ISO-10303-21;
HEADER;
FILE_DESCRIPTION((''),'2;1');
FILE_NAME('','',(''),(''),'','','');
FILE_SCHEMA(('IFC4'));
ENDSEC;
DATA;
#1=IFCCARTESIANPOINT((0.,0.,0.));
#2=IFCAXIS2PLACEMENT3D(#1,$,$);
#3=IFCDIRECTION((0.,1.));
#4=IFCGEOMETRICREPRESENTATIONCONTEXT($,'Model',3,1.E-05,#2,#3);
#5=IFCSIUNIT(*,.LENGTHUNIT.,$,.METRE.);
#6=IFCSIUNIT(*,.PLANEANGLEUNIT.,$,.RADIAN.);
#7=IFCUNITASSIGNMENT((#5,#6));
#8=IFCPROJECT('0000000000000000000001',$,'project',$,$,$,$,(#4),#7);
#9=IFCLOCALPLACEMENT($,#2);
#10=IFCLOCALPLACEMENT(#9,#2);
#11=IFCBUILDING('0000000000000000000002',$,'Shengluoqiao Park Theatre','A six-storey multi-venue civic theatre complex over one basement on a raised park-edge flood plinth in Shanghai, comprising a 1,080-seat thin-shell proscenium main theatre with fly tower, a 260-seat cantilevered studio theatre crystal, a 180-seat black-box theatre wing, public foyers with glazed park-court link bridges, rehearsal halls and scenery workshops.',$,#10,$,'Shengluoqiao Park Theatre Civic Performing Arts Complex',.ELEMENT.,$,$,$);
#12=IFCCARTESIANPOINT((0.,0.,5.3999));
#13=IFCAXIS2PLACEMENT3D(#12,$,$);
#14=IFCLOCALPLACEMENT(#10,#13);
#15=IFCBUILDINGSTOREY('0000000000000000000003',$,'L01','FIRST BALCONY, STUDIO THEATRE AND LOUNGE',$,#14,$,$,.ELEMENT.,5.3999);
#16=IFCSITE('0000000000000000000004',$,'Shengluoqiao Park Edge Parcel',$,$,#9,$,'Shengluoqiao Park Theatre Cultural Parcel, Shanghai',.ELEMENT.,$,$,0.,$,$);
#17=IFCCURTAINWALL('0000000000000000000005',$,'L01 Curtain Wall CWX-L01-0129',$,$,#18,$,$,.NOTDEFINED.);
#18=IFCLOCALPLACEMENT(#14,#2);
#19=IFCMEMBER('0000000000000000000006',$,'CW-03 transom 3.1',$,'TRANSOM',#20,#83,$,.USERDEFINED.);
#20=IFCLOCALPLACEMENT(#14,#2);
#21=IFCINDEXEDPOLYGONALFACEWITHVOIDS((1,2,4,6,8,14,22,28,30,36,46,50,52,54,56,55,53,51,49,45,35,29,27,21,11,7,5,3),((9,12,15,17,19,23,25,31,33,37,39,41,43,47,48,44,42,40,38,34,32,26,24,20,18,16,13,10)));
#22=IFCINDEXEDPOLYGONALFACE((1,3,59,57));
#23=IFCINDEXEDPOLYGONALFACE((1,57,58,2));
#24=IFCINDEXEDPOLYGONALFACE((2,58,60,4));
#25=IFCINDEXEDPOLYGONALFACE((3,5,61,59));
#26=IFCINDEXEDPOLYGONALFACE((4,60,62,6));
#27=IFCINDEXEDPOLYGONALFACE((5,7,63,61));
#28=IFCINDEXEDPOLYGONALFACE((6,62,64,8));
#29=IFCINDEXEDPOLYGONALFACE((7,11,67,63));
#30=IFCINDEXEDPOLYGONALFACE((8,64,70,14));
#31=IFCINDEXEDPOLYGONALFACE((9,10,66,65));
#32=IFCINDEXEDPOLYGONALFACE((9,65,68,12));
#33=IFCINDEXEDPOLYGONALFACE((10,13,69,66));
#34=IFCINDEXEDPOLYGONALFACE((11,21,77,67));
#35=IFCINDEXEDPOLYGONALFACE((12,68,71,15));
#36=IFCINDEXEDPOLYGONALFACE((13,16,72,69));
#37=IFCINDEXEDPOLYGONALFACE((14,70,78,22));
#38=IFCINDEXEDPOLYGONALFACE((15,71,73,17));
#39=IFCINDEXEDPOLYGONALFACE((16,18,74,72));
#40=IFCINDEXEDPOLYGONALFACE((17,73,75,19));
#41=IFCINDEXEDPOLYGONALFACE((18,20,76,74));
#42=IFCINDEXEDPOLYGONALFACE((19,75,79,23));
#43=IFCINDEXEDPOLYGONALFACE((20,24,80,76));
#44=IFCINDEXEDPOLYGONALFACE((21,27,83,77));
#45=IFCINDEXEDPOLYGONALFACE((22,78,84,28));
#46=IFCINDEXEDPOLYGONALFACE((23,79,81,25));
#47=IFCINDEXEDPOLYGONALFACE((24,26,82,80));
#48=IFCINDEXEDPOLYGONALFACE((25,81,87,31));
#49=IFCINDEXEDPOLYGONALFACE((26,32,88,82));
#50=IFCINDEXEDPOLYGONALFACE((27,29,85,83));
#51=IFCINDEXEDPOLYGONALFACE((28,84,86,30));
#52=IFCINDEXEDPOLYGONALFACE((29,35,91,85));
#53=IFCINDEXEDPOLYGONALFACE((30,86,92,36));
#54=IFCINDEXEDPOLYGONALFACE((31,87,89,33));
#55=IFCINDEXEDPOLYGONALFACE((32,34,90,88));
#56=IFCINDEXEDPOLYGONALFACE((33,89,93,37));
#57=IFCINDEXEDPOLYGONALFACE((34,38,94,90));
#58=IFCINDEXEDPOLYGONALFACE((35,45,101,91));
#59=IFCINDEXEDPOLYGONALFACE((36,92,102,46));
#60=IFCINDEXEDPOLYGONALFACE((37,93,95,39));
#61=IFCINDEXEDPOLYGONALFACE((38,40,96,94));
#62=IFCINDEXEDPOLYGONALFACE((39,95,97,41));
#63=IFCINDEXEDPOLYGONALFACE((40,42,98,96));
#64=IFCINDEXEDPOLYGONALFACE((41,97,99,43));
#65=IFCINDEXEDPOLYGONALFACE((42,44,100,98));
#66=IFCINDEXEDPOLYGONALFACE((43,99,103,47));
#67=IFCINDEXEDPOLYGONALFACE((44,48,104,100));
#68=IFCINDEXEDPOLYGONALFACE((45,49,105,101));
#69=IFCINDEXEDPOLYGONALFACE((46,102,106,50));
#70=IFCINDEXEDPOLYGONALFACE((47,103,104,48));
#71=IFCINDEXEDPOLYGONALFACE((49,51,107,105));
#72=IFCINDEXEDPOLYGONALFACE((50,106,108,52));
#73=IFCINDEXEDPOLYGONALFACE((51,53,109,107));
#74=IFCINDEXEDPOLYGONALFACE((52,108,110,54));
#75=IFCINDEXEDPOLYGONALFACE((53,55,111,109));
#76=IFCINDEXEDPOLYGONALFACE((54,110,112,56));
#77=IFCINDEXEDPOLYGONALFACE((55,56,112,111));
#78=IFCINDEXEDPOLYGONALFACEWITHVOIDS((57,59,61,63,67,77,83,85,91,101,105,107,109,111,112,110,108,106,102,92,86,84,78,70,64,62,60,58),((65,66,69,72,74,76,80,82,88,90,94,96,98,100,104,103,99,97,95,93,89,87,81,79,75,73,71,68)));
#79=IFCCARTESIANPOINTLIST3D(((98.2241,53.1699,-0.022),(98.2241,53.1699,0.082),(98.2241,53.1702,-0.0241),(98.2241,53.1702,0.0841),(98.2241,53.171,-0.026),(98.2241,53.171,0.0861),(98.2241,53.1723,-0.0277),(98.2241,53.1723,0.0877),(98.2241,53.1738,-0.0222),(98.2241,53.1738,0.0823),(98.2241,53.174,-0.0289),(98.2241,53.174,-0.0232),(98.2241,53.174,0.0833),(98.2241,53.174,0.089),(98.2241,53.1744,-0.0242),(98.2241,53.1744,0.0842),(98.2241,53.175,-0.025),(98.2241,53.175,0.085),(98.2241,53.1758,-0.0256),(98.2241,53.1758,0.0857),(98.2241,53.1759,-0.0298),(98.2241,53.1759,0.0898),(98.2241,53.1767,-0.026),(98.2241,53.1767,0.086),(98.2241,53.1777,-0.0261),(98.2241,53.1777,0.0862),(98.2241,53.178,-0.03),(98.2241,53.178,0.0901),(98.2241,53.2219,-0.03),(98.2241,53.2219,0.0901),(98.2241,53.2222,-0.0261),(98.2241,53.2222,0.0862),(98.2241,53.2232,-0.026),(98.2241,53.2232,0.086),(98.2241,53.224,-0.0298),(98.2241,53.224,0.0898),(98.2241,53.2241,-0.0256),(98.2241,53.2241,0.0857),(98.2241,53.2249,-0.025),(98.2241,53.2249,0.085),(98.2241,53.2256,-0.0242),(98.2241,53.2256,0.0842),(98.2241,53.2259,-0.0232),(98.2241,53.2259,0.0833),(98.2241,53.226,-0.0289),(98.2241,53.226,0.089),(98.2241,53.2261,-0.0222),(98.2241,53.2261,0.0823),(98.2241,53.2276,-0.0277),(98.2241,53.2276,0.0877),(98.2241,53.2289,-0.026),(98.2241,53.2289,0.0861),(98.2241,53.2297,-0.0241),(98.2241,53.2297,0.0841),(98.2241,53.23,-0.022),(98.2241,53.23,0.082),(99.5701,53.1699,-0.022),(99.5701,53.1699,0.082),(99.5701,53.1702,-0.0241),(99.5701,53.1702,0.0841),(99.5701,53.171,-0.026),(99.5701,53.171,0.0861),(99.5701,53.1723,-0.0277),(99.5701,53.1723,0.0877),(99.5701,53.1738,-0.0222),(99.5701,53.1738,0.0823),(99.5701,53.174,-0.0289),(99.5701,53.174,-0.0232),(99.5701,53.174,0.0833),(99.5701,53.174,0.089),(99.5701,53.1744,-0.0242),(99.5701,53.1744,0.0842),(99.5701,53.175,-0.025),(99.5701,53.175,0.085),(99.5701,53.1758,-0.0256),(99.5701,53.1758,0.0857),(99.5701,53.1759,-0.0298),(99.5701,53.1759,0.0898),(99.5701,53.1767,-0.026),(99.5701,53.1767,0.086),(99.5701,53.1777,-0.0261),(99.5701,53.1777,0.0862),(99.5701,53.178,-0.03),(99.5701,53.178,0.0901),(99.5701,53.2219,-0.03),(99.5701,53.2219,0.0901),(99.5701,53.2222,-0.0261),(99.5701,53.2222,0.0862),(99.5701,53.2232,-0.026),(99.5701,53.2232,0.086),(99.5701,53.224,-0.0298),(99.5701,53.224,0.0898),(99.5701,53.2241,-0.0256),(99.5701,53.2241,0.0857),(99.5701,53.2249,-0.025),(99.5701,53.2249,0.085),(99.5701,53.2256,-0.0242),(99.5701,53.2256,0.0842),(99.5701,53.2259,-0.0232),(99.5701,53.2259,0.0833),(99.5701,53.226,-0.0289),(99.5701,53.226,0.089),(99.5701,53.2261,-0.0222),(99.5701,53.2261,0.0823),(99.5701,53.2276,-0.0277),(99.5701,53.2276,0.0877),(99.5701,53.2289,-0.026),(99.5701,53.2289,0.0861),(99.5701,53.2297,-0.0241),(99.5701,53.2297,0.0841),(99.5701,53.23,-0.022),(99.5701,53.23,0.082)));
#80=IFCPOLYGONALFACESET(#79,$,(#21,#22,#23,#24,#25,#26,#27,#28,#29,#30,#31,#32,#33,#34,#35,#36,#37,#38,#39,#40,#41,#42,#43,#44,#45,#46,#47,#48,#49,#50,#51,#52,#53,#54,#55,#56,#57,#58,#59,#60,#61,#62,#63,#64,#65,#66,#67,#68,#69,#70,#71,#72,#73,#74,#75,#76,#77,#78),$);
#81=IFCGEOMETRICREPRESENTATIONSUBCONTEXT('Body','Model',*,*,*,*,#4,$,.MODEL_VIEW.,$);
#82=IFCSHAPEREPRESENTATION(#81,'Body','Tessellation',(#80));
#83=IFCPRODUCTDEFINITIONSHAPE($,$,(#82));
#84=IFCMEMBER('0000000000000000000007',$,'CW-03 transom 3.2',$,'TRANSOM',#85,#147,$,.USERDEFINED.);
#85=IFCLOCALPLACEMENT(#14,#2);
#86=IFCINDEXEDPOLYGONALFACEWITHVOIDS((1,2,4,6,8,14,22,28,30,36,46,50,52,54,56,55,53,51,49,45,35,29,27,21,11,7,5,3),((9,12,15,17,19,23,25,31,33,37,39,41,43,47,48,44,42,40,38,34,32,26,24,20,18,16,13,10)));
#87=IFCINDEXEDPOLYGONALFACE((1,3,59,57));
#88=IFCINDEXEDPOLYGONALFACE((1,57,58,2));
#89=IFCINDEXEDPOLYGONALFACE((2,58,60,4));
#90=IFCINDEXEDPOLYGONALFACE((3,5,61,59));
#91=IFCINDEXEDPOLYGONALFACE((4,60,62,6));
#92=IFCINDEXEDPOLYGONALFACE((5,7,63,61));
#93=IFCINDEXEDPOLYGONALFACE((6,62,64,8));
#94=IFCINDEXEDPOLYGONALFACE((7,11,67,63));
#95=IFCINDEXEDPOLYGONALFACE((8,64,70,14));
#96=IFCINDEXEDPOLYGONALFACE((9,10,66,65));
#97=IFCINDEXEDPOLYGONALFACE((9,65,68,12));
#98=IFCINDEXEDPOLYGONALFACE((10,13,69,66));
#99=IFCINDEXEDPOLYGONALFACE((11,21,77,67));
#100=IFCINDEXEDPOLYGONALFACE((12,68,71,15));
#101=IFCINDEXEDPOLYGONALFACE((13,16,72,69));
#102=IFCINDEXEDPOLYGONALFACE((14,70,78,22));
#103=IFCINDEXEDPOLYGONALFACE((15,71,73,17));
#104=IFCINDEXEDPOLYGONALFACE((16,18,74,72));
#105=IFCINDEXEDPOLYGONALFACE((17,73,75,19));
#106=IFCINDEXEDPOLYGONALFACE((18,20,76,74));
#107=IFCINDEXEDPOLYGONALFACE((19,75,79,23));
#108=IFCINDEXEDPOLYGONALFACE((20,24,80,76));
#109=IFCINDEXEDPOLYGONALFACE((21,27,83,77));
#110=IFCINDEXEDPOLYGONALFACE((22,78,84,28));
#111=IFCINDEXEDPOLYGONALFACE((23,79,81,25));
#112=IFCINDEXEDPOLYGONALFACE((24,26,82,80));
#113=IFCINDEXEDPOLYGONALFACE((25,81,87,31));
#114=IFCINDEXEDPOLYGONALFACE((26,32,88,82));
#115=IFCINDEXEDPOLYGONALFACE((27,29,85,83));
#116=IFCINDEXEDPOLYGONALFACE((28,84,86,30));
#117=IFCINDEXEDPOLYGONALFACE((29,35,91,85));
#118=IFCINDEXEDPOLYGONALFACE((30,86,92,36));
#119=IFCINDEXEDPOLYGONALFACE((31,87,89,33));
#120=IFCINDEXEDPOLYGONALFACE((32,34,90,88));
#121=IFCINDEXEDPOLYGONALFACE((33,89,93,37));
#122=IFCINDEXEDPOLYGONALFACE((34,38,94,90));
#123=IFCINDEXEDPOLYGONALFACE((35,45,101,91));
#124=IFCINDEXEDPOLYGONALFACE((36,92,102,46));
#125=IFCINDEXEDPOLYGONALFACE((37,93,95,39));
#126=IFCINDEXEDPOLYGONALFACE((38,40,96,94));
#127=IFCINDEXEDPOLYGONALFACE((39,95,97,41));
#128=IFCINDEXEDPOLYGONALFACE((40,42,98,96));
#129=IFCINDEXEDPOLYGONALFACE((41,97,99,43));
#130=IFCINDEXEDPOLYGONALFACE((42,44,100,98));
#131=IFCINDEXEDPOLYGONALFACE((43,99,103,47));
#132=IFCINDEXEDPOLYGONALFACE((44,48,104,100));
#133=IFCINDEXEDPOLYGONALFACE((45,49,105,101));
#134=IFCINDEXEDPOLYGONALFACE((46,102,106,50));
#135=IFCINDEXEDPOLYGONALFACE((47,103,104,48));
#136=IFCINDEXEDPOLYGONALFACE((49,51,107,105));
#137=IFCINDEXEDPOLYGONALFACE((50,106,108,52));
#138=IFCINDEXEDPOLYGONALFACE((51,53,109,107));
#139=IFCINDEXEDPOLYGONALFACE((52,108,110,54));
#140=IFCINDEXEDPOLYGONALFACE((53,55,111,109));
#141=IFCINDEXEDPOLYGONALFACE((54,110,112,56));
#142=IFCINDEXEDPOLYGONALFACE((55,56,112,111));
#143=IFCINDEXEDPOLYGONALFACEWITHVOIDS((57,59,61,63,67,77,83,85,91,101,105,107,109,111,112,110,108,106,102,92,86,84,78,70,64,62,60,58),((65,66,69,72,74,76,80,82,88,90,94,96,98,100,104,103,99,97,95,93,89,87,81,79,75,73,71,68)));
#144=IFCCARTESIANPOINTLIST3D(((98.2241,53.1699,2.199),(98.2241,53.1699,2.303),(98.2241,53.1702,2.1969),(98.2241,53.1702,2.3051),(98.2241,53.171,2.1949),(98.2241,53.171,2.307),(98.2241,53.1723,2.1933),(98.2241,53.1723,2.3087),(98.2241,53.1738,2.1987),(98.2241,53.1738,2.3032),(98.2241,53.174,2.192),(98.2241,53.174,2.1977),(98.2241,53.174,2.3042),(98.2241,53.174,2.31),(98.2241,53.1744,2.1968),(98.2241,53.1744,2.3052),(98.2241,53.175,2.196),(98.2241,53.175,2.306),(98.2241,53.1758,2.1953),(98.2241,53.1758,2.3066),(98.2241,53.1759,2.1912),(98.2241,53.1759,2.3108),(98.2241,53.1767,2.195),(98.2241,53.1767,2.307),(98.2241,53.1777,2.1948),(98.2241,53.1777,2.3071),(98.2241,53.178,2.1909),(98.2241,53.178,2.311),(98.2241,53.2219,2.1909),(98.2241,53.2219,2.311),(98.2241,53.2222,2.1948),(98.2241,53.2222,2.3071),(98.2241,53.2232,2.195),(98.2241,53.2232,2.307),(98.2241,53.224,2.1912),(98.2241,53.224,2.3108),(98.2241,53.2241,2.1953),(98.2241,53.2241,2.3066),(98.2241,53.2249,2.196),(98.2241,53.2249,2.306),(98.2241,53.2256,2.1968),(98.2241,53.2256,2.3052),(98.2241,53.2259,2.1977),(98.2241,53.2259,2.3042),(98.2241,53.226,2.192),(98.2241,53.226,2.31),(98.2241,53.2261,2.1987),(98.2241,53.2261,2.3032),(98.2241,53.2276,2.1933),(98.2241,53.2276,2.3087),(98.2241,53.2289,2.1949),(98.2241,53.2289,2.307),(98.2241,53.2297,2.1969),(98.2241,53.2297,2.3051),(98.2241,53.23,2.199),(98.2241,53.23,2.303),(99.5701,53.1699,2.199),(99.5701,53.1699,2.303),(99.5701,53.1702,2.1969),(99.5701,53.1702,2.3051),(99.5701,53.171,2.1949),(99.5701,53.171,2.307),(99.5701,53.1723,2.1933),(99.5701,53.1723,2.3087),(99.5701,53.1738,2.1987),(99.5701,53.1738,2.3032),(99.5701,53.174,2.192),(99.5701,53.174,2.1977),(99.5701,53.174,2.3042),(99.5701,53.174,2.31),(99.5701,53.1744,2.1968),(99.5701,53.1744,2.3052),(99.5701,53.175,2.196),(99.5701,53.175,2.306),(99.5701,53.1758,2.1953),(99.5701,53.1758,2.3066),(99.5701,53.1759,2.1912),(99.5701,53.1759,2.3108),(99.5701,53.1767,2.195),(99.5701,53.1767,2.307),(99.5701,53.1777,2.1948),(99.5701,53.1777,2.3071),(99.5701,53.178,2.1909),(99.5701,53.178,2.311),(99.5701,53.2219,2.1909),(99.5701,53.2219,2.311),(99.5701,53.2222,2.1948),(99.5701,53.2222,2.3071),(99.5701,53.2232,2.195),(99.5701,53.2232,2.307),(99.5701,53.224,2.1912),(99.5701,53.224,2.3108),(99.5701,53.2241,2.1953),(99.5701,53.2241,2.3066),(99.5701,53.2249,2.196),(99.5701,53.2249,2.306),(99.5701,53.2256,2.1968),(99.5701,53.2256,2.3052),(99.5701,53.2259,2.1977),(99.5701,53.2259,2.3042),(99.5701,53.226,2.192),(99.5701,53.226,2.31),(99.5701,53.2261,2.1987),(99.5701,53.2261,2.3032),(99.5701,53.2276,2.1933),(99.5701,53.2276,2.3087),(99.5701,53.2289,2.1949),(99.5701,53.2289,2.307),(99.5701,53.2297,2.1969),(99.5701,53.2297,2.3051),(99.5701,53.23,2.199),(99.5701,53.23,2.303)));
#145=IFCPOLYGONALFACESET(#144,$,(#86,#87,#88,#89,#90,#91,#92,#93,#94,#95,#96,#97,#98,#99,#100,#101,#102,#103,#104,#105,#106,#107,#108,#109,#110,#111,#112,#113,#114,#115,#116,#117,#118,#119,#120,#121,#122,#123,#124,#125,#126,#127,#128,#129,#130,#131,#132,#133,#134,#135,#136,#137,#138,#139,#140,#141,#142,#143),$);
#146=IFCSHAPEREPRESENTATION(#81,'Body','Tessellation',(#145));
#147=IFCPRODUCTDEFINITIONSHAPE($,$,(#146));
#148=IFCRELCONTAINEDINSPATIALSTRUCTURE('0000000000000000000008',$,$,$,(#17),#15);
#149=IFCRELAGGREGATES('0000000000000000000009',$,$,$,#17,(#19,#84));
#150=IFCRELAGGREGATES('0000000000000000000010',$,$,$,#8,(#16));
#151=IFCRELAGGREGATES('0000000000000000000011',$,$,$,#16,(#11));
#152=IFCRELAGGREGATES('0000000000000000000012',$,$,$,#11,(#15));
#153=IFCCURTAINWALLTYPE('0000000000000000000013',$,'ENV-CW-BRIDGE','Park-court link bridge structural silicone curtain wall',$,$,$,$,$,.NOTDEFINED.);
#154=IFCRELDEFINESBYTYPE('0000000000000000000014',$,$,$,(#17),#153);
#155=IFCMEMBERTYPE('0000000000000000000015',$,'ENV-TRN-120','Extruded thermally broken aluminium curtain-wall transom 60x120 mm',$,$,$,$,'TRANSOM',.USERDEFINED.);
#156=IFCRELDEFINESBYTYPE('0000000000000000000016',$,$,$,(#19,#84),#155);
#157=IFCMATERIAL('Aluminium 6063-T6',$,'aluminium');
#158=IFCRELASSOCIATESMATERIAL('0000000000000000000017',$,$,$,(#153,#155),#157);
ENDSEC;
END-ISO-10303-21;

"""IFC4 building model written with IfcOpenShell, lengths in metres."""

from ifc_helpers import new_model, si_unit, direction, frame, origin, origin_2d, place, context, subcontext, project, spatial, hollow_rectangle, extrude, material, material_profile, profile_set, type_object, element, aggregate, save


model = new_model("IFC4")

# Units and contexts
model_context = context("Model", 3, precision=1e-05, world=origin(), true_north=direction((0.0, 1.0)))
body_context = subcontext(model_context, "Body", "Model", "MODEL_VIEW")
ifc_project = project(units=[si_unit("LENGTHUNIT", "METRE"), si_unit("PLANEANGLEUNIT", "RADIAN")], contexts=[model_context])

# Site, building, storey
site_placement = place(None, origin())
site = spatial("IfcSite", under=ifc_project, at=site_placement, Name="Shengluoqiao Park Edge Parcel", LongName="Shengluoqiao Park Theatre Cultural Parcel, Shanghai", CompositionType="ELEMENT", RefElevation=0.0)
building_placement = place(site_placement, origin())
building = spatial("IfcBuilding", under=site, at=building_placement, Name="Shengluoqiao Park Theatre", Description="A six-storey multi-venue civic theatre complex over one basement on a raised park-edge flood plinth in Shanghai, comprising a 1,080-seat thin-shell proscenium main theatre with fly tower, a 260-seat cantilevered studio theatre crystal, a 180-seat black-box theatre wing, public foyers with glazed park-court link bridges, rehearsal halls and scenery workshops.", LongName="Shengluoqiao Park Theatre Civic Performing Arts Complex", CompositionType="ELEMENT")
storey_placement = place(building_placement, frame((0.0, 0.0, 5.3999)))
storey = spatial("IfcBuildingStorey", under=building, at=storey_placement, Name="L01", Description="FIRST BALCONY, STUDIO THEATRE AND LOUNGE", CompositionType="ELEMENT", Elevation=5.3999)

# Curtain wall, members
ifc_material_1 = material(Name="Aluminium 6063-T6", Category="aluminium")
curtain_wall_type = type_object("IfcCurtainWallType", Name="ENV-CW-BRIDGE", Description="Park-court link bridge structural silicone curtain wall", PredefinedType="NOTDEFINED", material=ifc_material_1)
curtain_wall_placement = place(storey_placement, origin())
curtain_wall = element("IfcCurtainWall", 1, at=curtain_wall_placement, inside=storey, type_object=curtain_wall_type, Name="L01 Curtain Wall CWX-L01-0129", PredefinedType="NOTDEFINED")
ifc_material_profile_1 = material_profile(ifc_material_1, hollow_rectangle(XDim=0.0601, YDim=0.1201, WallThickness=0.0039, InnerFilletRadius=0.0039, OuterFilletRadius=0.0081, at=origin_2d()), Name="ALU TRANSOM 120x60x4")
ifc_profile_set_1 = profile_set([ifc_material_profile_1], Name="Aluminium 6063-T6")
member_type_1 = type_object("IfcMemberType", Name="ENV-TRN-120", Description="Extruded thermally broken aluminium curtain-wall transom 60x120 mm", ElementType="TRANSOM", PredefinedType="USERDEFINED", material=ifc_profile_set_1)
member_1_placement = place(storey_placement, frame((98.2241, 53.2, 0.03), z_axis=(1.0, 0.0, 0.0), x_axis=(0.0, 1.0, 0.0)))
member_1 = element("IfcMember", 2, at=member_1_placement, type_object=member_type_1, Name="CW-03 transom 3.1", ObjectType="TRANSOM", PredefinedType="USERDEFINED", context=body_context, shape_type="SweptSolid", body=[
    extrude(hollow_rectangle(XDim=0.0601, YDim=0.1201, WallThickness=0.0039, InnerFilletRadius=0.0039, OuterFilletRadius=0.0081, at=origin_2d()), origin(), (0.0, 0.0, 1.0), 1.3459),
])
member_2_placement = place(storey_placement, frame((98.2241, 53.2, 2.251), z_axis=(1.0, 0.0, 0.0), x_axis=(0.0, 1.0, 0.0)))
member_2 = element("IfcMember", 3, at=member_2_placement, type_object=member_type_1, Name="CW-03 transom 3.2", ObjectType="TRANSOM", PredefinedType="USERDEFINED", context=body_context, shape_type="SweptSolid", body=[
    extrude(hollow_rectangle(XDim=0.0601, YDim=0.1201, WallThickness=0.0039, InnerFilletRadius=0.0039, OuterFilletRadius=0.0081, at=origin_2d()), origin(), (0.0, 0.0, 1.0), 1.3459),
])

aggregate(curtain_wall, [member_1, member_2])

save(model, "model.ifc")
